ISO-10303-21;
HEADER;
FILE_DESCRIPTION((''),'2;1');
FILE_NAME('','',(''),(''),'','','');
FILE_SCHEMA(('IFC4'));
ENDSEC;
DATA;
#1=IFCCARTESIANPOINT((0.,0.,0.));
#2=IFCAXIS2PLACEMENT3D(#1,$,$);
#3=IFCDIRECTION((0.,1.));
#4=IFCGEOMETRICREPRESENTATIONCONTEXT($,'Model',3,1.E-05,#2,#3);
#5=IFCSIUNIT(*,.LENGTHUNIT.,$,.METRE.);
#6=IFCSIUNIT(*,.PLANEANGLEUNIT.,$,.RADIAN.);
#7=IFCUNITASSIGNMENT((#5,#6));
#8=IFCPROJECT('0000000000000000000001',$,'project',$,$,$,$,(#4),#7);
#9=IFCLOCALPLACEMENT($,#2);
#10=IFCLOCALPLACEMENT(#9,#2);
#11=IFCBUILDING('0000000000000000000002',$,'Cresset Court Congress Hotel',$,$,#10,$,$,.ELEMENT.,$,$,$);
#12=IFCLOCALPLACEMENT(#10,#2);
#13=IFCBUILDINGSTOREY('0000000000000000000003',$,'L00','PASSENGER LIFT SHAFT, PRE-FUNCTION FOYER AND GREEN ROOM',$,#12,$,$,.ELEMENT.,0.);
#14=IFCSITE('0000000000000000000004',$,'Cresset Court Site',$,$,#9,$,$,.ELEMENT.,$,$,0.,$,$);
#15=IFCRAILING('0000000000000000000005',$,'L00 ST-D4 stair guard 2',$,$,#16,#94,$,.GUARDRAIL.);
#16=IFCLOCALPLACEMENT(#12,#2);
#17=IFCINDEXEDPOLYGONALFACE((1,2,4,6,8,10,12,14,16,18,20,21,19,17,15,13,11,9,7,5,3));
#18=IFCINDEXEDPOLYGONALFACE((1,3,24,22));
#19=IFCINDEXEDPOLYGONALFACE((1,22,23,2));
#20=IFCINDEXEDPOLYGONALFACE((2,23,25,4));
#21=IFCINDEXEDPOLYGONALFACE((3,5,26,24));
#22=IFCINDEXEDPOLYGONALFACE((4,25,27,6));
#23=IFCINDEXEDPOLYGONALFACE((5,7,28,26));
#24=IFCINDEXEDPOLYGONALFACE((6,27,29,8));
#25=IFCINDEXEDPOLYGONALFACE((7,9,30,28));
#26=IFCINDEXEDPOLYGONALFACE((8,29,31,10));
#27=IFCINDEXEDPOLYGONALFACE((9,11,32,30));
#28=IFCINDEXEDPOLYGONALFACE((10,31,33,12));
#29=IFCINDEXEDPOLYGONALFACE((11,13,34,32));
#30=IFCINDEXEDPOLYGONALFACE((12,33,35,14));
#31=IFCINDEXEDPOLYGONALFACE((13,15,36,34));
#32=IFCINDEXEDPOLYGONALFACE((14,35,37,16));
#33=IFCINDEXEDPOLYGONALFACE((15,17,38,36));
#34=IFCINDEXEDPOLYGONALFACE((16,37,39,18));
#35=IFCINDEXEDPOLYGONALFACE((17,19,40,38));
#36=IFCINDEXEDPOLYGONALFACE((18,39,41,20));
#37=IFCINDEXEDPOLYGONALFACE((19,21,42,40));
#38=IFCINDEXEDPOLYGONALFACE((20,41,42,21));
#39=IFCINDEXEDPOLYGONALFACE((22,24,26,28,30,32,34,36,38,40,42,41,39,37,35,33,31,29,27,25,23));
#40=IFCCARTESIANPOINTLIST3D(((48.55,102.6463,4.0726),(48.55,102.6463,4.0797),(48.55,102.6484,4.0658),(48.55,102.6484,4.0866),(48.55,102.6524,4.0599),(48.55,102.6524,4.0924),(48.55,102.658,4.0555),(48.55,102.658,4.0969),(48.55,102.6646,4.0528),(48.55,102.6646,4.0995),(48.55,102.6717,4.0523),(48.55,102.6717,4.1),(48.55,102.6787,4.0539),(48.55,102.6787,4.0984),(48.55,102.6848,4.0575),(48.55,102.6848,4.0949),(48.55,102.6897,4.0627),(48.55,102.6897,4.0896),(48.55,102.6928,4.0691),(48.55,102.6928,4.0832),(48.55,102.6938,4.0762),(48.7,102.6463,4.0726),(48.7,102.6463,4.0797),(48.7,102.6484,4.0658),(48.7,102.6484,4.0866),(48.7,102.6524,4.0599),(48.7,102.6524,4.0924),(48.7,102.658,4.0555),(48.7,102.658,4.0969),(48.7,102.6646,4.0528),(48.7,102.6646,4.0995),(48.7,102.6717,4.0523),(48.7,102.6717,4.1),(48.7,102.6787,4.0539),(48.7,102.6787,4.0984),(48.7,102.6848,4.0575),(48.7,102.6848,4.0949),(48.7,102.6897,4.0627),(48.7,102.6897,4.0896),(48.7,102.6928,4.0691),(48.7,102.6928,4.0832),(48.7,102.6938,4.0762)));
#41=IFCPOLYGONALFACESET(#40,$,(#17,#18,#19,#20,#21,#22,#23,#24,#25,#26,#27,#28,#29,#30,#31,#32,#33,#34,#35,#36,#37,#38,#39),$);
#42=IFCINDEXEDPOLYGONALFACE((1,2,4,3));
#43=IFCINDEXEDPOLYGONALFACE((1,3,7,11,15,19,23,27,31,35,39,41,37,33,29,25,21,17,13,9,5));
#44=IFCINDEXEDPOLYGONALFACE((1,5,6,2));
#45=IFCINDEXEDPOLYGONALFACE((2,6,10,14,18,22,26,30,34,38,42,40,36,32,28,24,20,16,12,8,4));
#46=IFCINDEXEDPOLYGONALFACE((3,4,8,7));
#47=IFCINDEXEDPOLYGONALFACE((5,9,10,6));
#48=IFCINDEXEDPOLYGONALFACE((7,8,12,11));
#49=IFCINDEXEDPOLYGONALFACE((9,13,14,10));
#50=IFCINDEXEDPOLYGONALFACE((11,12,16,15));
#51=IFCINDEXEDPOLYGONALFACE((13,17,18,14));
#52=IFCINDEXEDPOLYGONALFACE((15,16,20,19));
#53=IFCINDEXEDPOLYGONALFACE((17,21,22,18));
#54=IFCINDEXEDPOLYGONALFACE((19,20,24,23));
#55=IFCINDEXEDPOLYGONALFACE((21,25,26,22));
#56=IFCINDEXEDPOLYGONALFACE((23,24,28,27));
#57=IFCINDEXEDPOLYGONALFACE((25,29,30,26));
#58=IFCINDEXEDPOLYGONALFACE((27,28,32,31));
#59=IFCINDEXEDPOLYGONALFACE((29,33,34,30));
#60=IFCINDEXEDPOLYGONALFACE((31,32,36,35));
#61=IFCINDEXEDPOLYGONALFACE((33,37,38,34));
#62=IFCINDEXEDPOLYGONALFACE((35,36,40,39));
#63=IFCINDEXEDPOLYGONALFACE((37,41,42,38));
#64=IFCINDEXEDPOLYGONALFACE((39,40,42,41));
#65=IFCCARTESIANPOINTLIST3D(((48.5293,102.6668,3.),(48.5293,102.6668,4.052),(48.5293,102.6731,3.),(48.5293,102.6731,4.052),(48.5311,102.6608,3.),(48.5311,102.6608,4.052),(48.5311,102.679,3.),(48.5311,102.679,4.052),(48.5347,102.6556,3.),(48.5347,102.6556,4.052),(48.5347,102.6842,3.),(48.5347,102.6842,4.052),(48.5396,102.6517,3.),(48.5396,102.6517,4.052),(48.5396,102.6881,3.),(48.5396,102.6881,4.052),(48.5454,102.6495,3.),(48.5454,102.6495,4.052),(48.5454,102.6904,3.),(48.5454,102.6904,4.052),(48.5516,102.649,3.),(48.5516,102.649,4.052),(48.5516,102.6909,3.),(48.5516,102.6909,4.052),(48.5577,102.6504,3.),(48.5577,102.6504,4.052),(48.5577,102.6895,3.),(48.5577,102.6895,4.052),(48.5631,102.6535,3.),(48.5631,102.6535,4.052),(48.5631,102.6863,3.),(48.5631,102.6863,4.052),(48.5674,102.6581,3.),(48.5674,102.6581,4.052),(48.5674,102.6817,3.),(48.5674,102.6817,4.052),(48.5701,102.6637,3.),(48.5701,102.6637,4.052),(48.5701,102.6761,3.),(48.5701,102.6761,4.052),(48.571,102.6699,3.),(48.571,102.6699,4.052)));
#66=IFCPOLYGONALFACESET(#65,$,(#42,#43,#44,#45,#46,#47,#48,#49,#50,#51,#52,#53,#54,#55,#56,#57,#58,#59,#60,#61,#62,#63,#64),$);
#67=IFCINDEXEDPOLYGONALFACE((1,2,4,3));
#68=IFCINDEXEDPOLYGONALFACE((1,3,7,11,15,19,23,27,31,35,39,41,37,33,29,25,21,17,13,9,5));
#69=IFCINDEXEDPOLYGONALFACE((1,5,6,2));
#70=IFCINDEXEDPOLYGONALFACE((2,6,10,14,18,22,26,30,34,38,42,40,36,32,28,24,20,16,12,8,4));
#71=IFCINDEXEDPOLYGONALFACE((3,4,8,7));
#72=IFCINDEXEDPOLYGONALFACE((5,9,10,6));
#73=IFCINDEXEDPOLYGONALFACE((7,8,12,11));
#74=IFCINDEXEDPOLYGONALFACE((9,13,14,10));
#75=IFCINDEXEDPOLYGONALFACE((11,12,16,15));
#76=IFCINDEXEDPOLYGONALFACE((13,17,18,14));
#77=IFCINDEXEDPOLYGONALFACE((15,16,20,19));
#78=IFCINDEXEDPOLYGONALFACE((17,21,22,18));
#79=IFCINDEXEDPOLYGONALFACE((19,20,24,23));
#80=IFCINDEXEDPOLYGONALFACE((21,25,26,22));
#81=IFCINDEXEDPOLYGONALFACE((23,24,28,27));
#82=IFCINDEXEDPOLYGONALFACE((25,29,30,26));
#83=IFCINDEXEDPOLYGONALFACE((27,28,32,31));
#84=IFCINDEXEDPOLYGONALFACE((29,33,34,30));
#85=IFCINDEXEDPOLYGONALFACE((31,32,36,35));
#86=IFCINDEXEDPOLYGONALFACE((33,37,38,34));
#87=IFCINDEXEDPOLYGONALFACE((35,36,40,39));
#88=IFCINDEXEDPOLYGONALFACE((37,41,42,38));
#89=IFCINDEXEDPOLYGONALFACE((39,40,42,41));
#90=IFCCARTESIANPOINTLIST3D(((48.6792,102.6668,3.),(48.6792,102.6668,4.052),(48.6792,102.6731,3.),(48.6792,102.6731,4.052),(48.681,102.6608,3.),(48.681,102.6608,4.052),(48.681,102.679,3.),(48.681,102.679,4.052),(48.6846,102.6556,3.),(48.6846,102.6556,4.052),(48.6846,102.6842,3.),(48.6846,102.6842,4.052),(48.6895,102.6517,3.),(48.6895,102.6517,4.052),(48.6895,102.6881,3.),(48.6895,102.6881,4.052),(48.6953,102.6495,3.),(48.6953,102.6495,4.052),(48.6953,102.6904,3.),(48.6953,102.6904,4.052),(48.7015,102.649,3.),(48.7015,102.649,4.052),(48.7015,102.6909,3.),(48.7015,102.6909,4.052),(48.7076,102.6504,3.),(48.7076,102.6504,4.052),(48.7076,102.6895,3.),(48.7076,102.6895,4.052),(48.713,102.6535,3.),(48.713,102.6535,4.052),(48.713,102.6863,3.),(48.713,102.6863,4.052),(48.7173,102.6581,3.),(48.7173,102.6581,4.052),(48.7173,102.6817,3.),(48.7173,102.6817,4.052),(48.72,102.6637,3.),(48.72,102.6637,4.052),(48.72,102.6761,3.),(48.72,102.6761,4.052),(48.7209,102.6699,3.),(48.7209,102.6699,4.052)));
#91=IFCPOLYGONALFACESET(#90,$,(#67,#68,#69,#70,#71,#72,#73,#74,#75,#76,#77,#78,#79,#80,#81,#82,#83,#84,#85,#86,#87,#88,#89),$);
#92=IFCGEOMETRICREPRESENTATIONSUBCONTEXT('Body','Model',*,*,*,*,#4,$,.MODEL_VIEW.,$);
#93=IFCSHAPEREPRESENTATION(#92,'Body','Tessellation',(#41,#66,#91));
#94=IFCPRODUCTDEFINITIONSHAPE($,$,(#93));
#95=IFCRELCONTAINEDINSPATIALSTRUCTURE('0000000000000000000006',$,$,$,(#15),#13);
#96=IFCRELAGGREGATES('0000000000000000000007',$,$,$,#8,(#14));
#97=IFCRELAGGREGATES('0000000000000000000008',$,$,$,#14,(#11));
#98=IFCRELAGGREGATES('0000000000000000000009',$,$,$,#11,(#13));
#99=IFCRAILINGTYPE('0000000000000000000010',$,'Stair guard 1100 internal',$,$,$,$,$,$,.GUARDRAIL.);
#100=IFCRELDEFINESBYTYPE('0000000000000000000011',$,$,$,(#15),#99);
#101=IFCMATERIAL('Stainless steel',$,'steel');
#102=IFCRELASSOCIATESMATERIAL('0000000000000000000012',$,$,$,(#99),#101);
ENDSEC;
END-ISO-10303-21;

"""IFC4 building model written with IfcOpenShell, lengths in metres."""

from ifc_helpers import new_model, si_unit, direction, frame, origin, origin_2d, place, context, subcontext, project, spatial, circle, extrude, material, type_object, element, save


model = new_model("IFC4")

# Units and contexts
model_context = context("Model", 3, precision=1e-05, world=origin(), true_north=direction((0.0, 1.0)))
body_context = subcontext(model_context, "Body", "Model", "MODEL_VIEW")
ifc_project = project(units=[si_unit("LENGTHUNIT", "METRE"), si_unit("PLANEANGLEUNIT", "RADIAN")], contexts=[model_context])

# Site, building, storey
site_placement = place(None, origin())
site = spatial("IfcSite", under=ifc_project, at=site_placement, Name="Cresset Court Site", CompositionType="ELEMENT", RefElevation=0.0)
building_placement = place(site_placement, origin())
building = spatial("IfcBuilding", under=site, at=building_placement, Name="Cresset Court Congress Hotel", CompositionType="ELEMENT")
storey_placement = place(building_placement, origin())
storey = spatial("IfcBuildingStorey", under=building, at=storey_placement, Name="L00", Description="PASSENGER LIFT SHAFT, PRE-FUNCTION FOYER AND GREEN ROOM", CompositionType="ELEMENT", Elevation=0.0)

# Railing
ifc_material_1 = material(Name="Stainless steel", Category="steel")
railing_type = type_object("IfcRailingType", Name="Stair guard 1100 internal", PredefinedType="GUARDRAIL", material=ifc_material_1)
for number, where, name in (
    (1, (48.55, 102.6699, 3.0), "L00 ST-D4 stair guard 2"),
):
    element("IfcRailing", number, at=place(storey_placement, frame(where)), inside=storey, type_object=railing_type, Name=name, PredefinedType="GUARDRAIL", context=body_context, shape_type="SweptSolid", body=[
        extrude(circle(Radius=0.0239, at=origin_2d()), frame((0.0, 0.0, 1.0762), z_axis=(1.0, 0.0, 0.0), x_axis=(0.0, 1.0, 0.0)), (0.0, 0.0, 1.0), 0.1499),
        extrude(circle(Radius=0.021, at=origin_2d()), origin(), (0.0, 0.0, 1.0), 1.052),
        extrude(circle(Radius=0.021, at=origin_2d()), frame((0.1499, 0.0, 0.0)), (0.0, 0.0, 1.0), 1.052),
    ])

save(model, "model.ifc")
